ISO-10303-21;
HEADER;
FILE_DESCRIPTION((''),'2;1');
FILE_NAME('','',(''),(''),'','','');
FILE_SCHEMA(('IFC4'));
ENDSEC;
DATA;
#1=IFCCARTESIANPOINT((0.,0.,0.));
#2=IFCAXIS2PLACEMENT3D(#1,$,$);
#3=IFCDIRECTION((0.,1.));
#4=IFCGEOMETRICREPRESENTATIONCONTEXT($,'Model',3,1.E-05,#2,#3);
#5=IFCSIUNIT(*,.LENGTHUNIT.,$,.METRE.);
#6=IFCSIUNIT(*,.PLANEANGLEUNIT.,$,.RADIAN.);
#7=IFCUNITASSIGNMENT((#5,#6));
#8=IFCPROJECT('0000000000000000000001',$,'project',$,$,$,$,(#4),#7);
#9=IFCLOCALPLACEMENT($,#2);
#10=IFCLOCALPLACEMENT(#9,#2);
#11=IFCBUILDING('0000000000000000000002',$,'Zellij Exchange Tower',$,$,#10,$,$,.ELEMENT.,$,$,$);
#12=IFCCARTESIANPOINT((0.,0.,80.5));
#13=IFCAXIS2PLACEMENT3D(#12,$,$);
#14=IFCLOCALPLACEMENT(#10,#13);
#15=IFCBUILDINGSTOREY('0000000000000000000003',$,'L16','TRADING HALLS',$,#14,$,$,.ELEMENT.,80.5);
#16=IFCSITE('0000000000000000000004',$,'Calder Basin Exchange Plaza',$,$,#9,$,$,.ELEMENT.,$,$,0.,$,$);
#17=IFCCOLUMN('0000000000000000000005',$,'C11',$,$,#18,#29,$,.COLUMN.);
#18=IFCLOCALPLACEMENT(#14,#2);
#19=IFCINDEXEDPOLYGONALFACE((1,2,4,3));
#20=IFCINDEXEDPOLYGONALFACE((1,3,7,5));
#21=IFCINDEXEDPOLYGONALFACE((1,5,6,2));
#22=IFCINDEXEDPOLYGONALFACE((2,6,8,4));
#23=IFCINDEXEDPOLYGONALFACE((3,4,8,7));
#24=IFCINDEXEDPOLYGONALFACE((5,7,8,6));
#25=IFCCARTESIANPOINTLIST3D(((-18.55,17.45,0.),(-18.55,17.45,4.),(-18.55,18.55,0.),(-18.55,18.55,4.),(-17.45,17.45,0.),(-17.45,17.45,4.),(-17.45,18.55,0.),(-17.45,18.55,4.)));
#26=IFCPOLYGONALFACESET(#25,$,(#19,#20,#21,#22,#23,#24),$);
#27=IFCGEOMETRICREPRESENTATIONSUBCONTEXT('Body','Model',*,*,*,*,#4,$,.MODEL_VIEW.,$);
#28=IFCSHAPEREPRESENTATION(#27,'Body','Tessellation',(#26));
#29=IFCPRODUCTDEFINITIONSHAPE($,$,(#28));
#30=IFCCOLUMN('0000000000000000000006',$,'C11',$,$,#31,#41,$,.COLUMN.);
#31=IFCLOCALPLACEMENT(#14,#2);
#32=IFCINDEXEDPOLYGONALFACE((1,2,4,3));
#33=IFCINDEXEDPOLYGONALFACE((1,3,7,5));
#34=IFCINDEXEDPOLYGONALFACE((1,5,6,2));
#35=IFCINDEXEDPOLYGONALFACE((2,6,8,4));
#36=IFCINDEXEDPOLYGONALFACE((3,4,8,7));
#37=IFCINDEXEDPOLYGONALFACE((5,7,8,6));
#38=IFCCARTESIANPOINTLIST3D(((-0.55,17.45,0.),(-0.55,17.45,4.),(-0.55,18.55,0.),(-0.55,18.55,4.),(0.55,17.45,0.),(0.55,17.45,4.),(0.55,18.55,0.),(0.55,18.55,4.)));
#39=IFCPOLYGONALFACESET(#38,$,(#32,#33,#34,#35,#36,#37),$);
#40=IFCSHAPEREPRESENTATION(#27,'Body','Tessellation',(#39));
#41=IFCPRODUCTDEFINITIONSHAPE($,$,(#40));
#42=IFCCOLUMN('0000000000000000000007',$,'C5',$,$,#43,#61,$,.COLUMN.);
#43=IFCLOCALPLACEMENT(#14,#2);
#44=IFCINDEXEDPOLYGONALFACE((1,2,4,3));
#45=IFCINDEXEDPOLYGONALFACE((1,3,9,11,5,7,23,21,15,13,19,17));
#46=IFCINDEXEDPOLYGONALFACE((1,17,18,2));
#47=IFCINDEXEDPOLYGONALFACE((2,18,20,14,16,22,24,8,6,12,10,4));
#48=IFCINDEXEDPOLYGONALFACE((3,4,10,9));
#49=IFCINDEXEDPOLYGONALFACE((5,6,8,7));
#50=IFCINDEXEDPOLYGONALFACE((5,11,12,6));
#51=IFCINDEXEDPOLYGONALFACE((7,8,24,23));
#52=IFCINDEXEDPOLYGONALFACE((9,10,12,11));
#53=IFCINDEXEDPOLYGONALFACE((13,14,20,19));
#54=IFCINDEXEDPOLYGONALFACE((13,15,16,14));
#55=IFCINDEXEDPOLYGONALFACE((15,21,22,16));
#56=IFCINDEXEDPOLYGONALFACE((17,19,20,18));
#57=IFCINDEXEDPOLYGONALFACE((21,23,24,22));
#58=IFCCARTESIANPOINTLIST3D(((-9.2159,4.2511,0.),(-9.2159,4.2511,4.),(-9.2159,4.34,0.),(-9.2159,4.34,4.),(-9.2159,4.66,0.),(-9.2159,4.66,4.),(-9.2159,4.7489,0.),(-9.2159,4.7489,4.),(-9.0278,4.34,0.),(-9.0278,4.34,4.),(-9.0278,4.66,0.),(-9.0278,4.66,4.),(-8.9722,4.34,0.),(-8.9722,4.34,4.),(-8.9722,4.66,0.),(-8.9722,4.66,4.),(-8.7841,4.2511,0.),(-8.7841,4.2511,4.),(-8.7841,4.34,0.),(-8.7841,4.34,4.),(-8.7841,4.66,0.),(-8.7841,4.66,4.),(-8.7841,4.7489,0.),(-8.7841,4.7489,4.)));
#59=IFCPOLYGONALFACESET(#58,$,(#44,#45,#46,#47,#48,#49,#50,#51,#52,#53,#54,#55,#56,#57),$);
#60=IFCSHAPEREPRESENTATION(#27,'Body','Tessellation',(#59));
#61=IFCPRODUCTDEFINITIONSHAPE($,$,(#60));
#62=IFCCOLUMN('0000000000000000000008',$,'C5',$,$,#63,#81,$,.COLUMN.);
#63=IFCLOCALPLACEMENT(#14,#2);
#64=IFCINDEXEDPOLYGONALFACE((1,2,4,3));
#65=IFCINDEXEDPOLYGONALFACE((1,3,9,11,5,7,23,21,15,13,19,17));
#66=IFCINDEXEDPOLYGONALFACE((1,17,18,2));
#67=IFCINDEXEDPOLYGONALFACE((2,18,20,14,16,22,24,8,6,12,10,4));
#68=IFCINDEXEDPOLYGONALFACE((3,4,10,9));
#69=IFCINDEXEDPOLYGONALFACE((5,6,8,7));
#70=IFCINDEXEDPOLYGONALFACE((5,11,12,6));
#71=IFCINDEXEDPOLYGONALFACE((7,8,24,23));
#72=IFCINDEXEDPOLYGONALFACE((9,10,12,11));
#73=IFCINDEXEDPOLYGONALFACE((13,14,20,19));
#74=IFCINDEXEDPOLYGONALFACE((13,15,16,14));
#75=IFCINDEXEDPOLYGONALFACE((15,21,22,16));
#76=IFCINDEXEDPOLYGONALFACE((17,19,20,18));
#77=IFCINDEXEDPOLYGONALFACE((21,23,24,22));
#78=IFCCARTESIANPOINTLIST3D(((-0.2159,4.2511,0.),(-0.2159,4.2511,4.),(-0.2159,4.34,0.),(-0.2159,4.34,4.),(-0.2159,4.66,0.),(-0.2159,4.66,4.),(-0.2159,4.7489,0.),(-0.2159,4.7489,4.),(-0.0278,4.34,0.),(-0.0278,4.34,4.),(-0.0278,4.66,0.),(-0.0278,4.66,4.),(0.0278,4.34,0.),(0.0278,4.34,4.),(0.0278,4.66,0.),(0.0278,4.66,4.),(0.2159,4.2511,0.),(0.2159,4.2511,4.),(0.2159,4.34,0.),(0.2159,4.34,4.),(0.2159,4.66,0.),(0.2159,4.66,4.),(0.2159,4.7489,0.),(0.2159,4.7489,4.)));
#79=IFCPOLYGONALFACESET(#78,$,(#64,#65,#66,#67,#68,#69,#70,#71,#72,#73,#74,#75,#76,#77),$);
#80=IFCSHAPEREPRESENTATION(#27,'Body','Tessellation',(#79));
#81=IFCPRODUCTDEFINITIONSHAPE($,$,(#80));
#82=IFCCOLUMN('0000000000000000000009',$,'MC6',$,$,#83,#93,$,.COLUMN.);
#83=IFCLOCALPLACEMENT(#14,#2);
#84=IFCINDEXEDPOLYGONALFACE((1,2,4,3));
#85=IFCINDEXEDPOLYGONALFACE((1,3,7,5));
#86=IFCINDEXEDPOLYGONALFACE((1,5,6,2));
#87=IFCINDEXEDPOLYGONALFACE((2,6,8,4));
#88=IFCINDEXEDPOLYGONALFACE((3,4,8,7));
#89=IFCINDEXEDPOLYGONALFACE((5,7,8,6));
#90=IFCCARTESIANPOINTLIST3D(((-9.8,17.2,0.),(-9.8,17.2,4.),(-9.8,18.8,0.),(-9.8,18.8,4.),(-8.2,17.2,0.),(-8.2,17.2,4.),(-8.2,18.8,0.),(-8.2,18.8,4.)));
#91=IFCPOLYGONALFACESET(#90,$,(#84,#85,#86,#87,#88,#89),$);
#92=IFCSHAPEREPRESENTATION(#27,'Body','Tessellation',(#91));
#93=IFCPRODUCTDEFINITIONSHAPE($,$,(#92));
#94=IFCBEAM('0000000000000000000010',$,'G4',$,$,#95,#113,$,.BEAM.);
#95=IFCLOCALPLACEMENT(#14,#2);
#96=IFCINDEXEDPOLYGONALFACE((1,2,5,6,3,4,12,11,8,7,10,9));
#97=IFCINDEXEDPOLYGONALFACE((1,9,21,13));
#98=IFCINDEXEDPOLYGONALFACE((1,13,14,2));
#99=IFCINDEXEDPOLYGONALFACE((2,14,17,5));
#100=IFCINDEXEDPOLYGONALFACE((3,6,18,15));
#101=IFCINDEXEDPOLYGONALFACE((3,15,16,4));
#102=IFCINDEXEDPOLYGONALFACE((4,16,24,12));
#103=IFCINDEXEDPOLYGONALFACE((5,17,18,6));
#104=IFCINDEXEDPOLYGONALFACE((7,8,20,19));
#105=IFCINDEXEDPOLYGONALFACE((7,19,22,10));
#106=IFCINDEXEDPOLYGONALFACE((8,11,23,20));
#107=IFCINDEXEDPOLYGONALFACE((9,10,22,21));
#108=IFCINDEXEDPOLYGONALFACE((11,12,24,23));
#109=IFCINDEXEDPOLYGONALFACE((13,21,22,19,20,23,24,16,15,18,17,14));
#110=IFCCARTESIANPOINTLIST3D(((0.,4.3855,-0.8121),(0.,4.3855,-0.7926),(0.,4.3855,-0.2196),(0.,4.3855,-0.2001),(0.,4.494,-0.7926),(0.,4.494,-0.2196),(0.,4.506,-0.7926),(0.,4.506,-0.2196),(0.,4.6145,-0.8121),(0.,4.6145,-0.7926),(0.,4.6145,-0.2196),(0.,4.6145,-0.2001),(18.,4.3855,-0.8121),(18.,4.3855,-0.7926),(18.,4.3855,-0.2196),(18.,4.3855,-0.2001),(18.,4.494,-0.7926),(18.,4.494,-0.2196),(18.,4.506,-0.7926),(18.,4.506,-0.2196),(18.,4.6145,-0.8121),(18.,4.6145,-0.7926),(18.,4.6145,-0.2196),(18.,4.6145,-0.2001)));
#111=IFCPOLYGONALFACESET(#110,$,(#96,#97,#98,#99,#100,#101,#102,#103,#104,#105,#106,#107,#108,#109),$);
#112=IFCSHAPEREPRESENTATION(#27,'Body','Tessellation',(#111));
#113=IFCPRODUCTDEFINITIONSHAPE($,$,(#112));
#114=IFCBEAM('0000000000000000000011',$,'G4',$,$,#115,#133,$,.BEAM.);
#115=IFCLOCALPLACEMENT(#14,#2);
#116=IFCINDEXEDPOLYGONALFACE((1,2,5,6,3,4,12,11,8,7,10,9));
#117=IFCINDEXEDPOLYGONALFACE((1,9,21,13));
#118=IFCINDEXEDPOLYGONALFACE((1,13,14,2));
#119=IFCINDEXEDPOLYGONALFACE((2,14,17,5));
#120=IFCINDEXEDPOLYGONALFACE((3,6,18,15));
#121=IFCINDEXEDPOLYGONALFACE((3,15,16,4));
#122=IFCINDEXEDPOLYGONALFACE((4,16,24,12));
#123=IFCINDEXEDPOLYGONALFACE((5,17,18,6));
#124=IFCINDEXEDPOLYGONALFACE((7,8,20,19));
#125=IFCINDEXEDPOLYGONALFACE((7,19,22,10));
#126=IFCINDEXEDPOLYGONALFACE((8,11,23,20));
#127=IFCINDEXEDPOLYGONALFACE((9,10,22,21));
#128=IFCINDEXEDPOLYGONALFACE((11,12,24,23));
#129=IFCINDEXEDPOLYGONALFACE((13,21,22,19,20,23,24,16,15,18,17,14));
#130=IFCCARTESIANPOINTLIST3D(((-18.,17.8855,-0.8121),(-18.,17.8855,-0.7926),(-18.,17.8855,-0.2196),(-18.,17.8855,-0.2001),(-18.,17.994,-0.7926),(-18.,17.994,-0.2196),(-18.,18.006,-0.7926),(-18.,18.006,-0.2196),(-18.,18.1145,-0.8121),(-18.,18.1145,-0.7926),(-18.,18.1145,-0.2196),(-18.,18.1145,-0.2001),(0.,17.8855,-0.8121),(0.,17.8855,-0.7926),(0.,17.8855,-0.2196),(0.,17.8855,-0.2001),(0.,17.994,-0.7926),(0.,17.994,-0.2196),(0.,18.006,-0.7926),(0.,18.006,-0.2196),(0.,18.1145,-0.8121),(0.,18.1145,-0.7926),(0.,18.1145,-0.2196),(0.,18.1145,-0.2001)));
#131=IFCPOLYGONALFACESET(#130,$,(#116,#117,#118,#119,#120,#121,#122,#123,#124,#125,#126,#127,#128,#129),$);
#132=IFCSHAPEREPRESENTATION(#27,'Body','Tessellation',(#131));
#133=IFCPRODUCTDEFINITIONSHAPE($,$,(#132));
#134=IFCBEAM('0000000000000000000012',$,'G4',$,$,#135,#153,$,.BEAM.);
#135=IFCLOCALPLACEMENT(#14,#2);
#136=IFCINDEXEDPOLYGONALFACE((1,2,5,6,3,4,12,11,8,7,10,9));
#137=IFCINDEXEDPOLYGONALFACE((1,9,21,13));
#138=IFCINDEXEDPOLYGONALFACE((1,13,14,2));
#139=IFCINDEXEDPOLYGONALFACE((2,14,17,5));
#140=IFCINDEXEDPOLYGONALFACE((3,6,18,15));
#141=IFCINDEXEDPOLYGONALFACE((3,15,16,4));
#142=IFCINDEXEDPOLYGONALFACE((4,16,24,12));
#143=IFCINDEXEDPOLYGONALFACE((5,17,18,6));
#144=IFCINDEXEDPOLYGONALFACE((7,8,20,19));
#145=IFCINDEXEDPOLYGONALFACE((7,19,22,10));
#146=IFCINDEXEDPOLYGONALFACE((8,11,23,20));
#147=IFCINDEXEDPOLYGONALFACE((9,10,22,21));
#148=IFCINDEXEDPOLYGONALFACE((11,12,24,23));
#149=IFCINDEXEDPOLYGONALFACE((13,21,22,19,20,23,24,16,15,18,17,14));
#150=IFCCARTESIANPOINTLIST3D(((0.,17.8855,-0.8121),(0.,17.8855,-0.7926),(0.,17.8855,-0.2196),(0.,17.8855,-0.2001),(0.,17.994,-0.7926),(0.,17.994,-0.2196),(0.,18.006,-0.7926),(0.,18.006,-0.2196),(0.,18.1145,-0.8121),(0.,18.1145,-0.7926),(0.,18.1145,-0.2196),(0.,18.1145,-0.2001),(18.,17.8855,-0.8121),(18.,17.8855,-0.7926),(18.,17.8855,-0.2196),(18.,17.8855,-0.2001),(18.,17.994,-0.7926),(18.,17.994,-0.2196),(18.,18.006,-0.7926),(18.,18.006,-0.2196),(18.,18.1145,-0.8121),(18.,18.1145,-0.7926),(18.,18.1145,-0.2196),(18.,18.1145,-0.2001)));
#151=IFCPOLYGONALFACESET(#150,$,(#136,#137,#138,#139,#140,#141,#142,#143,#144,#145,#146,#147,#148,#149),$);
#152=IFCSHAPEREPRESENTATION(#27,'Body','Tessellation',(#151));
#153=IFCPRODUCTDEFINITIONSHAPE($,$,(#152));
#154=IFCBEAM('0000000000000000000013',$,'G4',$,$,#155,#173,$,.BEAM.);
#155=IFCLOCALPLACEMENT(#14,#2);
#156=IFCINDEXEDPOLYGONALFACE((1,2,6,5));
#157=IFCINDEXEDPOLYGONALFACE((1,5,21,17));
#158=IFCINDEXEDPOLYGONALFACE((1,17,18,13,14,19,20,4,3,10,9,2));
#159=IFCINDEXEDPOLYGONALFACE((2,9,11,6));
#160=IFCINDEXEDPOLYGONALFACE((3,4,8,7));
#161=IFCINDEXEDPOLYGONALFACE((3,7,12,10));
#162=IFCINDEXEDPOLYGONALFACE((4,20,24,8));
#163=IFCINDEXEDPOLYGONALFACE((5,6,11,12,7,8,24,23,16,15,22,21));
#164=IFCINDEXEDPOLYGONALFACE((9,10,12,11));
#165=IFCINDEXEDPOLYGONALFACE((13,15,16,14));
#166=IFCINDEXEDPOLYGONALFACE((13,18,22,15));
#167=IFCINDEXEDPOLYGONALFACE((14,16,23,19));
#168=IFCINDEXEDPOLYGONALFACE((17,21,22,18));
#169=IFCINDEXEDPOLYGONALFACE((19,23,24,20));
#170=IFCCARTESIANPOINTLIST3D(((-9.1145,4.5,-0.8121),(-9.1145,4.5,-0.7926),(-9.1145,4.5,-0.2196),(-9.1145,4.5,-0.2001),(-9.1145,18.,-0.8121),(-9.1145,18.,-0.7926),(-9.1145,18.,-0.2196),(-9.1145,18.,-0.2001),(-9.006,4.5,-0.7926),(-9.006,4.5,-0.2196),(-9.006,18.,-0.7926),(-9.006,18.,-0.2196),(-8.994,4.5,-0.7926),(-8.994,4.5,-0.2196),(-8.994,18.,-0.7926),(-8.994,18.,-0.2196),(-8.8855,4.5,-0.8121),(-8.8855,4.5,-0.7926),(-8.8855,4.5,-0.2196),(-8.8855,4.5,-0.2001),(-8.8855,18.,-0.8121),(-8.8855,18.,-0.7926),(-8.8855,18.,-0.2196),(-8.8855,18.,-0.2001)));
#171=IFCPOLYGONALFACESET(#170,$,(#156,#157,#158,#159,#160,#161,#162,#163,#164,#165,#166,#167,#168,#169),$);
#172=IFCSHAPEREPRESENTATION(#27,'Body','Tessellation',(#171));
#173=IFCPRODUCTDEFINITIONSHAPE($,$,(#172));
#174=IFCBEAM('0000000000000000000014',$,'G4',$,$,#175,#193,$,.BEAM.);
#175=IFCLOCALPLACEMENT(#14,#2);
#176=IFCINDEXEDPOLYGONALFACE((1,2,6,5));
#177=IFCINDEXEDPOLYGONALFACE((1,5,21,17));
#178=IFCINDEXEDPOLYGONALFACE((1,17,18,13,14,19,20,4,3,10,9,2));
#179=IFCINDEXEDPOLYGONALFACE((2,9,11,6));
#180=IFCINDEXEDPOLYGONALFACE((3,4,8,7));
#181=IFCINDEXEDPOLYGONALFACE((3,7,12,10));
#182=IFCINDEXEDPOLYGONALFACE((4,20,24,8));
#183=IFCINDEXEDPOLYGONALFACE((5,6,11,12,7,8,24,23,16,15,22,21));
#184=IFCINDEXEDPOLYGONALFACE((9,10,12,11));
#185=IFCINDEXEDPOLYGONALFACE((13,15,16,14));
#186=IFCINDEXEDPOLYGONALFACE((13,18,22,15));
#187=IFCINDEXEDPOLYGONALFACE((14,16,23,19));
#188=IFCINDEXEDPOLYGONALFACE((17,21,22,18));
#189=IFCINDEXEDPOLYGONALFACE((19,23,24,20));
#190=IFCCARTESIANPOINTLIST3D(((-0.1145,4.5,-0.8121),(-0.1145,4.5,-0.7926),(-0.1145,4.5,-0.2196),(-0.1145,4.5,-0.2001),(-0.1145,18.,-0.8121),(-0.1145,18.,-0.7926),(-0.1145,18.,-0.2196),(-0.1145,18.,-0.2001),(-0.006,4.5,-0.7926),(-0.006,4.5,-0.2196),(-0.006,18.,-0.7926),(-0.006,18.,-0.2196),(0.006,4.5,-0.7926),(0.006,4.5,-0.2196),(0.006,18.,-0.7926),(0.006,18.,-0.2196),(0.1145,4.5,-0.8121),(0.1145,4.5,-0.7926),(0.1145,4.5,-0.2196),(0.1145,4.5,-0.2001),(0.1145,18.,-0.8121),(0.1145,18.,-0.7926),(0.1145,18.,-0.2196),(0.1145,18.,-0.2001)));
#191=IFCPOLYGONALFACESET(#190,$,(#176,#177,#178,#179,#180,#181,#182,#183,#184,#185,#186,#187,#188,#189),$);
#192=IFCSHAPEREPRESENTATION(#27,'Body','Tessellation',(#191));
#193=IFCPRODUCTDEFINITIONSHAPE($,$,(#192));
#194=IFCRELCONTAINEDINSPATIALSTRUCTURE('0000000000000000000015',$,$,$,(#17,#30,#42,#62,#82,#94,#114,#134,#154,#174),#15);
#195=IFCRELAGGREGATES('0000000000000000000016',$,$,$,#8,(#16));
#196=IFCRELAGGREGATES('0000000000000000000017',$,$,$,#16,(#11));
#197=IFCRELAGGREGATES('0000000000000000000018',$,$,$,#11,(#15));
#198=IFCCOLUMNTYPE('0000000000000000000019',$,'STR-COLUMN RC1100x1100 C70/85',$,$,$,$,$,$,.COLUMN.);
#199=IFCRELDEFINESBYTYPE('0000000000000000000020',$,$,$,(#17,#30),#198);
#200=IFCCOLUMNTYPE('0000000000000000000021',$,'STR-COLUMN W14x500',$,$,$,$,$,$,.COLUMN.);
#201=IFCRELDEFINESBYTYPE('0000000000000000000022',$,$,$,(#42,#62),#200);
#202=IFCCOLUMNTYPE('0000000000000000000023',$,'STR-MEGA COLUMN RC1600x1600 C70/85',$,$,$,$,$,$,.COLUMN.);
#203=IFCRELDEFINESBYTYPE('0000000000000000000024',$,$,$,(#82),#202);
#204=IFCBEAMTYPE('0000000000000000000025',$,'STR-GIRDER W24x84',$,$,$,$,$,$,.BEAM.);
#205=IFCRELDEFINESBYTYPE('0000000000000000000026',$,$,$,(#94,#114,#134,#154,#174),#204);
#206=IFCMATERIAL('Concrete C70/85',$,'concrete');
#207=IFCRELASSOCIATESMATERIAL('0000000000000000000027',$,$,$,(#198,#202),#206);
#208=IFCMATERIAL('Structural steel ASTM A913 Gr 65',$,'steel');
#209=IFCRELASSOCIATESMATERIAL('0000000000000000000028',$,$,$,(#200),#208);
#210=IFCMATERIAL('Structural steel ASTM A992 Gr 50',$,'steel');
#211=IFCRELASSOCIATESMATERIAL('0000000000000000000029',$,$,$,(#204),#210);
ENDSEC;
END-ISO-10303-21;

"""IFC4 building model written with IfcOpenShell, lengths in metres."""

from ifc_helpers import new_model, si_unit, direction, frame, origin, origin_2d, place, context, subcontext, project, spatial, rectangle, i_section, extrude, material, material_profile, profile_set, type_object, element, save


model = new_model("IFC4")

# Units and contexts
model_context = context("Model", 3, precision=1e-05, world=origin(), true_north=direction((0.0, 1.0)))
body_context = subcontext(model_context, "Body", "Model", "MODEL_VIEW")
ifc_project = project(units=[si_unit("LENGTHUNIT", "METRE"), si_unit("PLANEANGLEUNIT", "RADIAN")], contexts=[model_context])

# Site, building, storey
site_placement = place(None, origin())
site = spatial("IfcSite", under=ifc_project, at=site_placement, Name="Calder Basin Exchange Plaza", CompositionType="ELEMENT", RefElevation=0.0)
building_placement = place(site_placement, origin())
building = spatial("IfcBuilding", under=site, at=building_placement, Name="Zellij Exchange Tower", CompositionType="ELEMENT")
storey_placement = place(building_placement, frame((0.0, 0.0, 80.5)))
storey = spatial("IfcBuildingStorey", under=building, at=storey_placement, Name="L16", Description="TRADING HALLS", CompositionType="ELEMENT", Elevation=80.5)

# Columns
ifc_material_1 = material(Name="Concrete C70/85", Category="concrete")
ifc_material_profile_1 = material_profile(ifc_material_1, rectangle(XDim=1.1001, YDim=1.1001, at=origin_2d()), Name="STR-COLUMN RC1100x1100 C70/85")
ifc_profile_set_1 = profile_set([ifc_material_profile_1], Name="Concrete C70/85")
column_type_1 = type_object("IfcColumnType", Name="STR-COLUMN RC1100x1100 C70/85", PredefinedType="COLUMN", material=ifc_profile_set_1)
for number, where, z_axis, x_axis, name in (
    (1, (-18.0, 18.0, 0.0), (0.0, 0.0, 1.0), (1.0, 0.0, 0.0), "C11"),
    (2, (0.0, 18.0, 0.0), (0.0, 0.0, 1.0), (1.0, 0.0, 0.0), "C11"),
):
    element("IfcColumn", number, at=place(storey_placement, frame(where, z_axis=z_axis, x_axis=x_axis)), inside=storey, type_object=column_type_1, Name=name, PredefinedType="COLUMN", context=body_context, shape_type="SweptSolid", body=[
        extrude(rectangle(XDim=1.1001, YDim=1.1001, at=origin_2d()), origin(), (0.0, 0.0, 1.0), 4.0),
    ])
ifc_material_2 = material(Name="Structural steel ASTM A913 Gr 65", Category="steel")
ifc_material_profile_2 = material_profile(ifc_material_2, i_section(OverallWidth=0.4319, OverallDepth=0.4978, WebThickness=0.0557, FlangeThickness=0.0889, at=origin_2d()), Name="W14x500")
ifc_profile_set_2 = profile_set([ifc_material_profile_2], Name="Structural steel ASTM A913 Gr 65")
column_type_2 = type_object("IfcColumnType", Name="STR-COLUMN W14x500", PredefinedType="COLUMN", material=ifc_profile_set_2)
for number, where, z_axis, x_axis, name in (
    (3, (-9.0, 4.5, 0.0), (0.0, 0.0, 1.0), (1.0, 0.0, 0.0), "C5"),
    (4, (0.0, 4.5, 0.0), (0.0, 0.0, 1.0), (1.0, 0.0, 0.0), "C5"),
):
    element("IfcColumn", number, at=place(storey_placement, frame(where, z_axis=z_axis, x_axis=x_axis)), inside=storey, type_object=column_type_2, Name=name, PredefinedType="COLUMN", context=body_context, shape_type="SweptSolid", body=[
        extrude(i_section(OverallWidth=0.4319, OverallDepth=0.4978, WebThickness=0.0557, FlangeThickness=0.0889, at=origin_2d()), origin(), (0.0, 0.0, 1.0), 4.0),
    ])
ifc_material_profile_3 = material_profile(ifc_material_1, rectangle(XDim=1.6001, YDim=1.6001, at=origin_2d()), Name="STR-MEGA COLUMN RC1600x1600 C70/85")
ifc_profile_set_3 = profile_set([ifc_material_profile_3], Name="Concrete C70/85")
column_type_3 = type_object("IfcColumnType", Name="STR-MEGA COLUMN RC1600x1600 C70/85", PredefinedType="COLUMN", material=ifc_profile_set_3)
column_placement = place(storey_placement, frame((-9.0, 18.0, 0.0), z_axis=(0.0, 0.0, 1.0), x_axis=(1.0, 0.0, 0.0)))
element("IfcColumn", 5, at=column_placement, inside=storey, type_object=column_type_3, Name="MC6", PredefinedType="COLUMN", context=body_context, shape_type="SweptSolid", body=[
    extrude(rectangle(XDim=1.6001, YDim=1.6001, at=origin_2d()), origin(), (0.0, 0.0, 1.0), 4.0),
])

# Beams
ifc_material_3 = material(Name="Structural steel ASTM A992 Gr 50", Category="steel")
ifc_material_profile_4 = material_profile(ifc_material_3, i_section(OverallWidth=0.229, OverallDepth=0.6121, WebThickness=0.012, FlangeThickness=0.0195, at=origin_2d()), Name="W24x84")
ifc_profile_set_4 = profile_set([ifc_material_profile_4], Name="Structural steel ASTM A992 Gr 50")
beam_type = type_object("IfcBeamType", Name="STR-GIRDER W24x84", PredefinedType="BEAM", material=ifc_profile_set_4)
for number, where, z_axis, x_axis, name in (
    (6, (0.0, 4.5, -0.5061), (1.0, 0.0, 0.0), (0.0, 1.0, 0.0), "G4"),
    (7, (-18.0, 18.0, -0.5061), (1.0, 0.0, 0.0), (0.0, 1.0, 0.0), "G4"),
    (8, (0.0, 18.0, -0.5061), (1.0, 0.0, 0.0), (0.0, 1.0, 0.0), "G4"),
):
    element("IfcBeam", number, at=place(storey_placement, frame(where, z_axis=z_axis, x_axis=x_axis)), inside=storey, type_object=beam_type, Name=name, PredefinedType="BEAM", context=body_context, shape_type="SweptSolid", body=[
        extrude(i_section(OverallWidth=0.229, OverallDepth=0.6121, WebThickness=0.012, FlangeThickness=0.0195, at=origin_2d()), origin(), (0.0, 0.0, 1.0), 18.0),
    ])
for number, where, z_axis, x_axis, name in (
    (9, (-9.0, 4.5, -0.5061), (0.0, 1.0, 0.0), (-1.0, 0.0, 0.0), "G4"),
    (10, (0.0, 4.5, -0.5061), (0.0, 1.0, 0.0), (-1.0, 0.0, 0.0), "G4"),
):
    element("IfcBeam", number, at=place(storey_placement, frame(where, z_axis=z_axis, x_axis=x_axis)), inside=storey, type_object=beam_type, Name=name, PredefinedType="BEAM", context=body_context, shape_type="SweptSolid", body=[
        extrude(i_section(OverallWidth=0.229, OverallDepth=0.6121, WebThickness=0.012, FlangeThickness=0.0195, at=origin_2d()), origin(), (0.0, 0.0, 1.0), 13.5),
    ])

save(model, "model.ifc")
